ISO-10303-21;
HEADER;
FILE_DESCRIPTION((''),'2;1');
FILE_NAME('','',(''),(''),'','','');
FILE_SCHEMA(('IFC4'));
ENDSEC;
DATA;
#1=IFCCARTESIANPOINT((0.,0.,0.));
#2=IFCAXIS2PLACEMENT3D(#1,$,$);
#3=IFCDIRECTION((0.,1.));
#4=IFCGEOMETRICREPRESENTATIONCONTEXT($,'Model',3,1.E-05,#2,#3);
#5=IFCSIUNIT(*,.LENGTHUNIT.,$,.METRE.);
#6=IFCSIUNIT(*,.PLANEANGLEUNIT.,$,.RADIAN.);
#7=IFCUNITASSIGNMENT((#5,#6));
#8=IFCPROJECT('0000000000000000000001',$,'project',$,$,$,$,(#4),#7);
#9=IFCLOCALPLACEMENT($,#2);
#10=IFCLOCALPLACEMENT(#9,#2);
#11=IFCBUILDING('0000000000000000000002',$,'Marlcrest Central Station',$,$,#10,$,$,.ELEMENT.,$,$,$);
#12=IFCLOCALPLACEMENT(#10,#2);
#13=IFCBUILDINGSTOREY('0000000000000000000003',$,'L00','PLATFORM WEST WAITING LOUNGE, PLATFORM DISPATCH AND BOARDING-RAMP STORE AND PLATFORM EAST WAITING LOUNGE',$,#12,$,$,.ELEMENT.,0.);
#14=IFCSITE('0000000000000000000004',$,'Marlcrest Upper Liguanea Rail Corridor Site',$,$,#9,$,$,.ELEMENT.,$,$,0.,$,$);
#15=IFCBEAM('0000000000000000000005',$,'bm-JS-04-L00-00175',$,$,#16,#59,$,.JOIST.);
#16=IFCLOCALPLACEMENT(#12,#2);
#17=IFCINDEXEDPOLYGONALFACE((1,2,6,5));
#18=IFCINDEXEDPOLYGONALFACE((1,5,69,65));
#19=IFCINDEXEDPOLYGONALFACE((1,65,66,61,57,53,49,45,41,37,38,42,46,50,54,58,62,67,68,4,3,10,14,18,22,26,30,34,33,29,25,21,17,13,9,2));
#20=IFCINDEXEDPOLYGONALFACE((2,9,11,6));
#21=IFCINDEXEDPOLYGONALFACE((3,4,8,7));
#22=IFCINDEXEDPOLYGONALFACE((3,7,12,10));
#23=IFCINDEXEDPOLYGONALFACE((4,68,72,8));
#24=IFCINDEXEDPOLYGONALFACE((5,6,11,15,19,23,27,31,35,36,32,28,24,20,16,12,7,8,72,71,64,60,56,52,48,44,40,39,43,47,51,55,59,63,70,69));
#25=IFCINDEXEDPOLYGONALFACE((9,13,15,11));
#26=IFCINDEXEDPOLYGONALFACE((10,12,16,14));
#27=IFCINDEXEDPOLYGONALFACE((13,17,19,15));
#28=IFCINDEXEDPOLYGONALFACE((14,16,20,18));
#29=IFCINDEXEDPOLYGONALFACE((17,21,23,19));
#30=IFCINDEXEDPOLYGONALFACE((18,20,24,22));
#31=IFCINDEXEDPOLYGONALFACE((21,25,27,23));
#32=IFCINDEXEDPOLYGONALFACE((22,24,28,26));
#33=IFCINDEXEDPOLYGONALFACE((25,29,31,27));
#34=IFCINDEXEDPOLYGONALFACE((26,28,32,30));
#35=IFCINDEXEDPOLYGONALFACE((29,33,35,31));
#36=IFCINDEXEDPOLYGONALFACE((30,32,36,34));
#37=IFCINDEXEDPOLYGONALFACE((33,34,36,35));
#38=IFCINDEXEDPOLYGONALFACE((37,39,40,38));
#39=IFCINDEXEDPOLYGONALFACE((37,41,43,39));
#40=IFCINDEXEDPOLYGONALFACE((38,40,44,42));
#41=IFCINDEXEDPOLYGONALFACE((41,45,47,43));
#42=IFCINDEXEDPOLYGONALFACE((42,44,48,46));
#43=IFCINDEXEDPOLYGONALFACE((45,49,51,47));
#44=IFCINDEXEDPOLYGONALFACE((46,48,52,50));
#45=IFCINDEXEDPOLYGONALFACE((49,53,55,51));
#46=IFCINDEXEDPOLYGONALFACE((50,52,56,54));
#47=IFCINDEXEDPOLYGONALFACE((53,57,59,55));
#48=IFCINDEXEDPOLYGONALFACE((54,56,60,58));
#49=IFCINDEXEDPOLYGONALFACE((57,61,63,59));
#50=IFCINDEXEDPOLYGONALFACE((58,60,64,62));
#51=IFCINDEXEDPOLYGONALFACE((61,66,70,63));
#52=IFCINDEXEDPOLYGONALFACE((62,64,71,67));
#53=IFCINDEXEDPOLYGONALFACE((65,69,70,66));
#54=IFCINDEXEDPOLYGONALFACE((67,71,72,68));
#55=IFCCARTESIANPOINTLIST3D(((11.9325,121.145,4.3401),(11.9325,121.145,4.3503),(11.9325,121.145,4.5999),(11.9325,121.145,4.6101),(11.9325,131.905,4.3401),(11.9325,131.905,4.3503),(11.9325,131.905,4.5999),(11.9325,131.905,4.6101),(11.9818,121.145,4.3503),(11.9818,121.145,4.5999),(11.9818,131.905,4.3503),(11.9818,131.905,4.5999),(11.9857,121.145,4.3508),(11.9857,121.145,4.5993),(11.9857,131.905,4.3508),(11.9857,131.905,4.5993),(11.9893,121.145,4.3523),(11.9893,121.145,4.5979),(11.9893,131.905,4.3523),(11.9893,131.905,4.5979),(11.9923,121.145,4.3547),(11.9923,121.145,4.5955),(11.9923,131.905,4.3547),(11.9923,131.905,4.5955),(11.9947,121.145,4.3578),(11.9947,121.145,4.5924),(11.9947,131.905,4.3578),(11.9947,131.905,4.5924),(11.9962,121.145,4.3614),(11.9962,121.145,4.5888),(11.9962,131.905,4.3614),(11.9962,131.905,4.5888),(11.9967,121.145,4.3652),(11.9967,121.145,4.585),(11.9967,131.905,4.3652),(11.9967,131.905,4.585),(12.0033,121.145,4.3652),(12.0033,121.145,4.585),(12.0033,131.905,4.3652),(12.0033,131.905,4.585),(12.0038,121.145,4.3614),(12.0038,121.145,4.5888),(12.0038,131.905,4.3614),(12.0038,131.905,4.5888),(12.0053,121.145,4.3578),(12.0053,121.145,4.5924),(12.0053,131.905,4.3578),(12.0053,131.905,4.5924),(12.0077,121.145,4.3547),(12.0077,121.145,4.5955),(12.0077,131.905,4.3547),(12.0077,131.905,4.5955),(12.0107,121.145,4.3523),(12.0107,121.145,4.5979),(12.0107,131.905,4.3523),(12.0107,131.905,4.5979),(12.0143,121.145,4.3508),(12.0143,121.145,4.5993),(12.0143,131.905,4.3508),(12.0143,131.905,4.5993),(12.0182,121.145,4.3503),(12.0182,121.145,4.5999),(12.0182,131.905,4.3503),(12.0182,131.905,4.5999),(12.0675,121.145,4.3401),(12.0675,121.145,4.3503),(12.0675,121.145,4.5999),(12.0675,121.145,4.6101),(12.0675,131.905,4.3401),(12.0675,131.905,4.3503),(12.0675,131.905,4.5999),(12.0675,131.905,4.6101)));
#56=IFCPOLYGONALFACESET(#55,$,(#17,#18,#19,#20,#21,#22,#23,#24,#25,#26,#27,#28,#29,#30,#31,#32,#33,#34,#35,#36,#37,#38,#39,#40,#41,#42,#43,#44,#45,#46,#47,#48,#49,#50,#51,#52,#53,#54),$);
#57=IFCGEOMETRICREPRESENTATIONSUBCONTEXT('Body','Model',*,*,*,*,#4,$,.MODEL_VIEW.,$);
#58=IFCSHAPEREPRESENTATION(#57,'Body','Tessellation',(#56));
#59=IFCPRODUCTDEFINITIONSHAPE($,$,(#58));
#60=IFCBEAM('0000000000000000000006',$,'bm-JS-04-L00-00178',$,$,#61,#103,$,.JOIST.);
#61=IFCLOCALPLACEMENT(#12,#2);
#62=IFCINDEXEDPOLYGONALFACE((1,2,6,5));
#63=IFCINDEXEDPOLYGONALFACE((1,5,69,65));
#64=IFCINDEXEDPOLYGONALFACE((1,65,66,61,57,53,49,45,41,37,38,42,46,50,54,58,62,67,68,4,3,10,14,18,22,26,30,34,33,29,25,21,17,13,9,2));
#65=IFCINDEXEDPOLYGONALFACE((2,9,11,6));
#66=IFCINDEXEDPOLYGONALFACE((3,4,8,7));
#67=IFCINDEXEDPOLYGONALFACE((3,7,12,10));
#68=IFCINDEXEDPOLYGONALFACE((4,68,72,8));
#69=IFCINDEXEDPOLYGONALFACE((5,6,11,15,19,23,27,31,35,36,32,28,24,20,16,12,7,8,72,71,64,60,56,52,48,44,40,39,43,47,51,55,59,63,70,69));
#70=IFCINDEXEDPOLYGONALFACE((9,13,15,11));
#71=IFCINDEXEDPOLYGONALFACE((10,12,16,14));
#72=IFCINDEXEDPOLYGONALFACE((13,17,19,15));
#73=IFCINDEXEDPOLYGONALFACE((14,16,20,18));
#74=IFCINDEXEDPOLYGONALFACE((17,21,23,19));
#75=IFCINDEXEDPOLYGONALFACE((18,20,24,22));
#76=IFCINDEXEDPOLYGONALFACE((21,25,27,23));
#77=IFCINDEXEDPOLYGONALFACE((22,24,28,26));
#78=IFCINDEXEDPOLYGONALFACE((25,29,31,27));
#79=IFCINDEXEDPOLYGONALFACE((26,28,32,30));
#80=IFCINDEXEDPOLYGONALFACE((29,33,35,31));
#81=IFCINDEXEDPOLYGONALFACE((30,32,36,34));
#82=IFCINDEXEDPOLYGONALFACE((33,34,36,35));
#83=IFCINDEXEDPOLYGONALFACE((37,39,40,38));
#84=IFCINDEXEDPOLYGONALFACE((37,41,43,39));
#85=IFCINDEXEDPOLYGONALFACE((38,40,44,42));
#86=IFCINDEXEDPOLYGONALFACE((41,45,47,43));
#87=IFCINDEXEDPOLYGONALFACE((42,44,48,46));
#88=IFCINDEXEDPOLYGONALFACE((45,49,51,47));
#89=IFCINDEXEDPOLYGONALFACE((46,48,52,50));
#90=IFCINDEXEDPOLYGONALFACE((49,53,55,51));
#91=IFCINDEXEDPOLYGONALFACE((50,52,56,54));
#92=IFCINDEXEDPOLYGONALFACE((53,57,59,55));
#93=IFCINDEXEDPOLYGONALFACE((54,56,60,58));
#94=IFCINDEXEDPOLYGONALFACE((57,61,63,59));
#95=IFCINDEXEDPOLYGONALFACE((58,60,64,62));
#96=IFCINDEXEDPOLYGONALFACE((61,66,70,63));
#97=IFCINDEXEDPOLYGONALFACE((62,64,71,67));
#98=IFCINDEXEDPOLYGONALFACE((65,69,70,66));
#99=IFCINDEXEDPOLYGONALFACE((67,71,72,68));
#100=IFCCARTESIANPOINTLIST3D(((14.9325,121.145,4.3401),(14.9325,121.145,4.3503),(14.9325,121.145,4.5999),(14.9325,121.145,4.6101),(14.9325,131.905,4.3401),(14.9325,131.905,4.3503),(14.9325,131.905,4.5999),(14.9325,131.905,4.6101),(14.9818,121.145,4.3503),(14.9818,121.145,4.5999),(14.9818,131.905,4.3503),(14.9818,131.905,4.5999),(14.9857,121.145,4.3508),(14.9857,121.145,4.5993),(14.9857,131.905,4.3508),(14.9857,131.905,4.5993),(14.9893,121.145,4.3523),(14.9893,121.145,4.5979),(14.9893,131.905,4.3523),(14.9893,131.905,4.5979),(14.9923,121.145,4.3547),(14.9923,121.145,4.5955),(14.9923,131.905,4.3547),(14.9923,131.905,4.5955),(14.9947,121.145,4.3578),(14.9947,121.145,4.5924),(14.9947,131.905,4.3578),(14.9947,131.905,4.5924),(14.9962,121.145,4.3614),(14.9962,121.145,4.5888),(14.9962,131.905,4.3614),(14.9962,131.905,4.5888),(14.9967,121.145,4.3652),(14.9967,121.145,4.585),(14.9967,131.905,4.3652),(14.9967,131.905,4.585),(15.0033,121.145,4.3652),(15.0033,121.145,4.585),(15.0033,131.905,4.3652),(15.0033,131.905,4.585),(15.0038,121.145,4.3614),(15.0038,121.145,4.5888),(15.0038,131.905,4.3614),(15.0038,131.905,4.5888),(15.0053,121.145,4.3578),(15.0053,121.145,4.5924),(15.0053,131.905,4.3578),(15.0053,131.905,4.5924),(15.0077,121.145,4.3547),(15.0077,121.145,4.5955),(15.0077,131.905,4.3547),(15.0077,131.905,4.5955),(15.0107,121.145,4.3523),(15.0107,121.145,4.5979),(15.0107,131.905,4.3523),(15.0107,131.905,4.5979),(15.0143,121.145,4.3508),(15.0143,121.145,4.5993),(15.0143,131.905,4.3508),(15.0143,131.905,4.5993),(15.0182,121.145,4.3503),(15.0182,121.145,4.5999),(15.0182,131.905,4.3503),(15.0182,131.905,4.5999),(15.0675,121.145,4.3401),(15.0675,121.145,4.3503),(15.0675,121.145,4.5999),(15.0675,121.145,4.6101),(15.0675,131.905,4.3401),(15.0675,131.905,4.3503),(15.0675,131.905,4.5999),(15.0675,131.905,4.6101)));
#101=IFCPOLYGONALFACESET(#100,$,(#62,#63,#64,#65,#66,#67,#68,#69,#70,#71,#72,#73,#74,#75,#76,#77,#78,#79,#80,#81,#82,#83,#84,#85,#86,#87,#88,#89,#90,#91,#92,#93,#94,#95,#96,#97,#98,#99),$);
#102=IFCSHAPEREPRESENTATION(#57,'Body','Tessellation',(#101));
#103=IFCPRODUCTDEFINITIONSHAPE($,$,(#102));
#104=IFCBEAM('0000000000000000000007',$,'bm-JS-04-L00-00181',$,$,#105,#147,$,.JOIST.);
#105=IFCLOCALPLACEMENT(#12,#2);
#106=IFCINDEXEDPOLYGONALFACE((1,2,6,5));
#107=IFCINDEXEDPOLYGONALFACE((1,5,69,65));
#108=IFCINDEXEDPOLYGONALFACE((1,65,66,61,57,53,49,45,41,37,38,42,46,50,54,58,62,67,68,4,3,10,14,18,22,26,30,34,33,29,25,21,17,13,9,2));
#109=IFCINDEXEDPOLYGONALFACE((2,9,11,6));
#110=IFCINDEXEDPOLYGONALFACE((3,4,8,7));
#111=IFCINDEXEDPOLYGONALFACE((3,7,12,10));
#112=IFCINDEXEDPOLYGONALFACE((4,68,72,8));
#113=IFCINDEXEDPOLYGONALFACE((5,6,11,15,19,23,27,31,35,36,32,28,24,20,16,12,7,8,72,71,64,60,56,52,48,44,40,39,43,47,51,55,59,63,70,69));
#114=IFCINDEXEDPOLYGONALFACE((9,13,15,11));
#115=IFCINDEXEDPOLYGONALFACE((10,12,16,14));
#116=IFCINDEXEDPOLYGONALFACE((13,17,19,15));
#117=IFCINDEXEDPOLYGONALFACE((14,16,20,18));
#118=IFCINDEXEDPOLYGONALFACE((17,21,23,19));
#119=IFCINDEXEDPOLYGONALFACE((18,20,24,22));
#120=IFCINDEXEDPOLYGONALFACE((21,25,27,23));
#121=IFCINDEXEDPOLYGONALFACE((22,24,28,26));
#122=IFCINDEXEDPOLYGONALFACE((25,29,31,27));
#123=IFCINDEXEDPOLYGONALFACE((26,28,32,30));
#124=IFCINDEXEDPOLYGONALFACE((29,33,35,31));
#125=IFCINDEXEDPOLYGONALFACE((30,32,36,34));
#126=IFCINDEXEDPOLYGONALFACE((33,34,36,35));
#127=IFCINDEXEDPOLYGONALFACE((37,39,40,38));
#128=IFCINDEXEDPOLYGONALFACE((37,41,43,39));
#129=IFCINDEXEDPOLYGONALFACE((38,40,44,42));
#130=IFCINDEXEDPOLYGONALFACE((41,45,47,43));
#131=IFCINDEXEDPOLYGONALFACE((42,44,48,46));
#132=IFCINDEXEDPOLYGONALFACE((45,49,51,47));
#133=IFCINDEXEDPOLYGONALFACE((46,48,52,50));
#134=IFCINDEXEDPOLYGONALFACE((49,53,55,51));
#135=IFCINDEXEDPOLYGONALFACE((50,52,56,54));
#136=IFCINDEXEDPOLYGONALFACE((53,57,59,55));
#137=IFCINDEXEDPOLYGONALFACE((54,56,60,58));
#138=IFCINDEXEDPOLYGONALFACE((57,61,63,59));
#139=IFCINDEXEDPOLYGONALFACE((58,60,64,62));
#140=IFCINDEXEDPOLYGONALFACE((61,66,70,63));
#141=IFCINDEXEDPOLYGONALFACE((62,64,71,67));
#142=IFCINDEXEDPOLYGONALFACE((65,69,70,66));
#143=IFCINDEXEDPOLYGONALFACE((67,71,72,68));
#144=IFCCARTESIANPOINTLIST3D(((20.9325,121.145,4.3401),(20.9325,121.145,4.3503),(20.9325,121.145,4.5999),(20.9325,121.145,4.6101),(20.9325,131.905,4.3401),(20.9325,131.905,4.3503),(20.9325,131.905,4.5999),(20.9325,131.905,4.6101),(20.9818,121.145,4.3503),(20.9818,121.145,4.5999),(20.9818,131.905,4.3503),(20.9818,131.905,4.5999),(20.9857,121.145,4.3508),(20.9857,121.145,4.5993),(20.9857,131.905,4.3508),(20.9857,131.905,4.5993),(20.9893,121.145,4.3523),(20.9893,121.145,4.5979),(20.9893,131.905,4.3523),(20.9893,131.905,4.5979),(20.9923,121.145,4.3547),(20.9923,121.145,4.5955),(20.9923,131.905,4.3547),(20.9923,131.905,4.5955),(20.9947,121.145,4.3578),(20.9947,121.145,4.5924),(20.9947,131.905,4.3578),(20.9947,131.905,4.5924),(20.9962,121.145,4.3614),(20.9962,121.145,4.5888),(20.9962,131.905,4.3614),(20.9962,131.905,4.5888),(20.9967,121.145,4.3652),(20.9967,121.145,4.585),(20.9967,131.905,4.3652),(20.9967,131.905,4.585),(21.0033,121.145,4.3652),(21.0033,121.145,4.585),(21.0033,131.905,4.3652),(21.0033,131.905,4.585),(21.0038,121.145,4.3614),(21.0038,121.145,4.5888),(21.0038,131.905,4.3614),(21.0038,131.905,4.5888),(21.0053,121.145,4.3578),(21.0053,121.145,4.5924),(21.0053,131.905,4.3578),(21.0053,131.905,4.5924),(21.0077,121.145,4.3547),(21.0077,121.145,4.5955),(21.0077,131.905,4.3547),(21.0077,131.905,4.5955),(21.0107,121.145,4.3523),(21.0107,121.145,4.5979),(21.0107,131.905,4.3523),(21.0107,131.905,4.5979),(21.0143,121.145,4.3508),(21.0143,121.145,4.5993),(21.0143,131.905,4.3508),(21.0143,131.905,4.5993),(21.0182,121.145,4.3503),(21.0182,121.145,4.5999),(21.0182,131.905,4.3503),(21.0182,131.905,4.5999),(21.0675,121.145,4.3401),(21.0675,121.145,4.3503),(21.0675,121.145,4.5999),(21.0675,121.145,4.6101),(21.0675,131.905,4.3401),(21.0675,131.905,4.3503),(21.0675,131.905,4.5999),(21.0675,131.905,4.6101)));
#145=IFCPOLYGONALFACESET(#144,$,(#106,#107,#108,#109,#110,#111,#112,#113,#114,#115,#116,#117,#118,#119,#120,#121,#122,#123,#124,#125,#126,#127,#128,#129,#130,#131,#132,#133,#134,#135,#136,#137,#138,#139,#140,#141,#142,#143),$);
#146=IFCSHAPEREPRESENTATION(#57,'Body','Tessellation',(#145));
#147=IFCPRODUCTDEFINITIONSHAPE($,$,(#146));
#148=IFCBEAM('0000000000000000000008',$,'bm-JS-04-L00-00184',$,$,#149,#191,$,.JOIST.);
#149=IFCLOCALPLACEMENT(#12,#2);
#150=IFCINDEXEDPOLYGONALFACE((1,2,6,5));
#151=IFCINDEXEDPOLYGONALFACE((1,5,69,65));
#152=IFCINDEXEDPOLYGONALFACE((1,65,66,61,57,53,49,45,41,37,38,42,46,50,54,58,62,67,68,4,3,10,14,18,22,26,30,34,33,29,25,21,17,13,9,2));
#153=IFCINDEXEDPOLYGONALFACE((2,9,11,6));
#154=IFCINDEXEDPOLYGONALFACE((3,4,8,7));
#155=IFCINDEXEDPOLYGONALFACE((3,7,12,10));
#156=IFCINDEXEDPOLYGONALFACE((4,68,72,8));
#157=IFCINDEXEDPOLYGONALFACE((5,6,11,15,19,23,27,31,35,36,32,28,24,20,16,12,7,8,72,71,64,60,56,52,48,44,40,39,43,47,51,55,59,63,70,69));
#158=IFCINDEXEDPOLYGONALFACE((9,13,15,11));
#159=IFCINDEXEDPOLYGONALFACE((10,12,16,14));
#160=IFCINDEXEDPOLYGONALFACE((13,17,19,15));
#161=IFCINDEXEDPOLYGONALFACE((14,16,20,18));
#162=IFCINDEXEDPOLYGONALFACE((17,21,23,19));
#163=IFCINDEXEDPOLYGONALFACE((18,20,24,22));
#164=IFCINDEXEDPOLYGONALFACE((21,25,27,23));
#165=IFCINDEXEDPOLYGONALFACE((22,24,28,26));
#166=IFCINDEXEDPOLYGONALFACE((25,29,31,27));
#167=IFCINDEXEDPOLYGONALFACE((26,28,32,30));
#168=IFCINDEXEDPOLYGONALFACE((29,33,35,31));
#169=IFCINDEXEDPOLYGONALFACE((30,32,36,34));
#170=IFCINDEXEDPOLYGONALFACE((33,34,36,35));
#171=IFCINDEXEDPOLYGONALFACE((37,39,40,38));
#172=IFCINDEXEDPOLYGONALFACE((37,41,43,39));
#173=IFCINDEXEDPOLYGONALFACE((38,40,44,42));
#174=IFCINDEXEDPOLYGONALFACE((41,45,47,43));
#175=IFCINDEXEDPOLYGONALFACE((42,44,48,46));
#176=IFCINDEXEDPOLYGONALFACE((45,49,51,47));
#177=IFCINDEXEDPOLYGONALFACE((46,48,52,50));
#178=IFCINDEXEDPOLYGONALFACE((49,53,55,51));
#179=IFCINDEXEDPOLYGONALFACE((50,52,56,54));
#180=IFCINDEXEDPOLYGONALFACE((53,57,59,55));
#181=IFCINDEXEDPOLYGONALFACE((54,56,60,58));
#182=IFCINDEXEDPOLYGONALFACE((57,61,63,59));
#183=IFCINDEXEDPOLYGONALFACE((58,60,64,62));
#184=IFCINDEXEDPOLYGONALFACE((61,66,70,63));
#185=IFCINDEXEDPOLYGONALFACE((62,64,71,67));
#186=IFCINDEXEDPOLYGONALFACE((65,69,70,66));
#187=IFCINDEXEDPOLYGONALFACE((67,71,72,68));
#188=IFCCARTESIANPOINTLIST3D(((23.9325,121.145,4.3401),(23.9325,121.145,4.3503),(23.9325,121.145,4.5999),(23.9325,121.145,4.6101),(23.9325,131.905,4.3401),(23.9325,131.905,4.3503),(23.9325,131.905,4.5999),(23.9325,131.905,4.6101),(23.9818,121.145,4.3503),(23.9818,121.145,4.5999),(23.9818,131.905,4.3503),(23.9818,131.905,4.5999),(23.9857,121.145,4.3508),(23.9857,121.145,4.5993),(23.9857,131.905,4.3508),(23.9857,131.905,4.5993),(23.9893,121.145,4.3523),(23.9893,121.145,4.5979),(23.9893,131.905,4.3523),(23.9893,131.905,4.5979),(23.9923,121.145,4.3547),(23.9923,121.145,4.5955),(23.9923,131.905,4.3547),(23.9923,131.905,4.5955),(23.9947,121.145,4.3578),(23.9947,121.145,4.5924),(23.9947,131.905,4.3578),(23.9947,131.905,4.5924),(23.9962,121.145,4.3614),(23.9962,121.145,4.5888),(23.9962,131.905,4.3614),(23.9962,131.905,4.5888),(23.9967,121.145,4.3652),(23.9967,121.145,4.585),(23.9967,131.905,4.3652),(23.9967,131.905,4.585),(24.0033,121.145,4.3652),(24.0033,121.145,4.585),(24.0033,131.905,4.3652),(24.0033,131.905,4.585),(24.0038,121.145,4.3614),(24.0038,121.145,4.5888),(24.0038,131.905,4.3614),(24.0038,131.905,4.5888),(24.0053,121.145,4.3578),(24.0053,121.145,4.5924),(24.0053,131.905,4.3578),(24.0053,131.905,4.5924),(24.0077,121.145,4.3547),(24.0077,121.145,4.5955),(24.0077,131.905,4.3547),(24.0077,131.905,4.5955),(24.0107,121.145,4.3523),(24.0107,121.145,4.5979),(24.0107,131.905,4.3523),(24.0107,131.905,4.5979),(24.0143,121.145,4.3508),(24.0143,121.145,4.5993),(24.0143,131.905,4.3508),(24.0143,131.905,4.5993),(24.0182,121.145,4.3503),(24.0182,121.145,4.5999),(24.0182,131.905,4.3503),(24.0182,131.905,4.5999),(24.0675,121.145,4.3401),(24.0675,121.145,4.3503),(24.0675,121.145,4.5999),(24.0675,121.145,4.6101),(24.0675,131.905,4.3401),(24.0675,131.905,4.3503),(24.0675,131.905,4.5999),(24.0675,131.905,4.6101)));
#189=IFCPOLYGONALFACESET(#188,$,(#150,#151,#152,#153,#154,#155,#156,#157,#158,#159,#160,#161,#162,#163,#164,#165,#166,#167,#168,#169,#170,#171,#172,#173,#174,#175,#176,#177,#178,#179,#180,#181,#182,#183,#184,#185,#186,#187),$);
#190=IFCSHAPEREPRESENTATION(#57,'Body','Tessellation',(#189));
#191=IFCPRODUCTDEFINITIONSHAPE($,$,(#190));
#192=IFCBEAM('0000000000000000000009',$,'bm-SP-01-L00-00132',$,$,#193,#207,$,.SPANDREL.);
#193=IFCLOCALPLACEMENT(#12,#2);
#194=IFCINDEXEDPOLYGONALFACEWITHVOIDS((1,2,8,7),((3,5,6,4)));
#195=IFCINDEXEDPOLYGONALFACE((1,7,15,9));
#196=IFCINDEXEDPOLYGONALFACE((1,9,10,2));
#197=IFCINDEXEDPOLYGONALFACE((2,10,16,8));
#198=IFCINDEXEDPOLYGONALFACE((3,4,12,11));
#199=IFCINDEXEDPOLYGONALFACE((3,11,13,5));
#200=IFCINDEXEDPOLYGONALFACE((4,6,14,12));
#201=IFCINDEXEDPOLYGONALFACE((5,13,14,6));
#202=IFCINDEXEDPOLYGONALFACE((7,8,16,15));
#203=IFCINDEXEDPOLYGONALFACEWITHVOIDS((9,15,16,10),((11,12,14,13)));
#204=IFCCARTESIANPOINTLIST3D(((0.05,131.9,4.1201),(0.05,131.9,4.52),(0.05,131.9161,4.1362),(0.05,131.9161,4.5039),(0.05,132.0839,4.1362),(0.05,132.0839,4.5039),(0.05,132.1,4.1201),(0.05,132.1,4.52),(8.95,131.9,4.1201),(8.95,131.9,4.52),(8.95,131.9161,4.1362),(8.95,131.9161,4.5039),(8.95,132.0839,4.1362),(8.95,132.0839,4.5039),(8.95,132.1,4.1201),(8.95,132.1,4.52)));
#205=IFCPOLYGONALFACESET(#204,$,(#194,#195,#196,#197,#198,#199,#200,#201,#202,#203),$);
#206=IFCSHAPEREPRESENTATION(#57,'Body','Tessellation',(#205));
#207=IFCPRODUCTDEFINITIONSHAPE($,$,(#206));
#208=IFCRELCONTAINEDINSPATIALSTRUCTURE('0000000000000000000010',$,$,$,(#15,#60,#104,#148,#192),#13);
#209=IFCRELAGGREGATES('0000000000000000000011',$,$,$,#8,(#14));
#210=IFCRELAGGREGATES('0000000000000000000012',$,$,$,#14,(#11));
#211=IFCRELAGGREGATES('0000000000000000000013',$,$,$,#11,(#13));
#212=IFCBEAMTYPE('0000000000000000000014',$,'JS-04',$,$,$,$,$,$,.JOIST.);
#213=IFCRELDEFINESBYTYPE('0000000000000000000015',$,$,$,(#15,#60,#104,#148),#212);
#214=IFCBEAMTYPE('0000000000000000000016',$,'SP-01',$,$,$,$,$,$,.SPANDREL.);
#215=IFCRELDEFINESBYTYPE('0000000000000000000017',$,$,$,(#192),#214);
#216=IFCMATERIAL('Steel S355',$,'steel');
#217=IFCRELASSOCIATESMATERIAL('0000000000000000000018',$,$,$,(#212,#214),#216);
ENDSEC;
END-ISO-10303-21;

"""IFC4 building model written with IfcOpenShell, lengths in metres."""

from ifc_helpers import new_model, si_unit, direction, frame, origin, origin_2d, place, context, subcontext, project, spatial, hollow_rectangle, i_section, extrude, material, material_profile, profile_set, type_object, element, save


model = new_model("IFC4")

# Units and contexts
model_context = context("Model", 3, precision=1e-05, world=origin(), true_north=direction((0.0, 1.0)))
body_context = subcontext(model_context, "Body", "Model", "MODEL_VIEW")
ifc_project = project(units=[si_unit("LENGTHUNIT", "METRE"), si_unit("PLANEANGLEUNIT", "RADIAN")], contexts=[model_context])

# Site, building, storey
site_placement = place(None, origin())
site = spatial("IfcSite", under=ifc_project, at=site_placement, Name="Marlcrest Upper Liguanea Rail Corridor Site", CompositionType="ELEMENT", RefElevation=0.0)
building_placement = place(site_placement, origin())
building = spatial("IfcBuilding", under=site, at=building_placement, Name="Marlcrest Central Station", CompositionType="ELEMENT")
storey_placement = place(building_placement, origin())
storey = spatial("IfcBuildingStorey", under=building, at=storey_placement, Name="L00", Description="PLATFORM WEST WAITING LOUNGE, PLATFORM DISPATCH AND BOARDING-RAMP STORE AND PLATFORM EAST WAITING LOUNGE", CompositionType="ELEMENT", Elevation=0.0)

# Shared definitions
ifc_material_1 = material(Name="Steel S355", Category="steel")

# Beams
ifc_material_profile_1 = material_profile(ifc_material_1, i_section(OverallWidth=0.135, OverallDepth=0.27, WebThickness=0.0066, FlangeThickness=0.0103, FilletRadius=0.0149, at=origin_2d()), Name="IPE 270")
ifc_profile_set_1 = profile_set([ifc_material_profile_1], Name="Steel S355")
beam_type_1 = type_object("IfcBeamType", Name="JS-04", PredefinedType="JOIST", material=ifc_profile_set_1)
for number, where, z_axis, x_axis, name in (
    (1, (12.0, 121.145, 4.4751), (0.0, 1.0, 0.0), (-1.0, 0.0, 0.0), "bm-JS-04-L00-00175"),
    (2, (15.0, 121.145, 4.4751), (0.0, 1.0, 0.0), (-1.0, 0.0, 0.0), "bm-JS-04-L00-00178"),
    (3, (21.0, 121.145, 4.4751), (0.0, 1.0, 0.0), (-1.0, 0.0, 0.0), "bm-JS-04-L00-00181"),
    (4, (24.0, 121.145, 4.4751), (0.0, 1.0, 0.0), (-1.0, 0.0, 0.0), "bm-JS-04-L00-00184"),
):
    element("IfcBeam", number, at=place(storey_placement, frame(where, z_axis=z_axis, x_axis=x_axis)), inside=storey, type_object=beam_type_1, Name=name, PredefinedType="JOIST", context=body_context, shape_type="SweptSolid", body=[
        extrude(i_section(OverallWidth=0.135, OverallDepth=0.27, WebThickness=0.0066, FlangeThickness=0.0103, FilletRadius=0.0149, at=origin_2d()), origin(), (0.0, 0.0, 1.0), 10.76),
    ])
ifc_material_profile_2 = material_profile(ifc_material_1, hollow_rectangle(XDim=0.2, YDim=0.3999, WallThickness=0.0161, at=origin_2d()), Name="RHS 400x200x16")
ifc_profile_set_2 = profile_set([ifc_material_profile_2], Name="Steel S355")
beam_type_2 = type_object("IfcBeamType", Name="SP-01", PredefinedType="SPANDREL", material=ifc_profile_set_2)
for number, where, z_axis, x_axis, name in (
    (5, (0.05, 132.0, 4.3201), (1.0, 0.0, 0.0), (0.0, 1.0, 0.0), "bm-SP-01-L00-00132"),
):
    element("IfcBeam", number, at=place(storey_placement, frame(where, z_axis=z_axis, x_axis=x_axis)), inside=storey, type_object=beam_type_2, Name=name, PredefinedType="SPANDREL", context=body_context, shape_type="SweptSolid", body=[
        extrude(hollow_rectangle(XDim=0.2, YDim=0.3999, WallThickness=0.0161, at=origin_2d()), origin(), (0.0, 0.0, 1.0), 8.8999),
    ])

save(model, "model.ifc")
